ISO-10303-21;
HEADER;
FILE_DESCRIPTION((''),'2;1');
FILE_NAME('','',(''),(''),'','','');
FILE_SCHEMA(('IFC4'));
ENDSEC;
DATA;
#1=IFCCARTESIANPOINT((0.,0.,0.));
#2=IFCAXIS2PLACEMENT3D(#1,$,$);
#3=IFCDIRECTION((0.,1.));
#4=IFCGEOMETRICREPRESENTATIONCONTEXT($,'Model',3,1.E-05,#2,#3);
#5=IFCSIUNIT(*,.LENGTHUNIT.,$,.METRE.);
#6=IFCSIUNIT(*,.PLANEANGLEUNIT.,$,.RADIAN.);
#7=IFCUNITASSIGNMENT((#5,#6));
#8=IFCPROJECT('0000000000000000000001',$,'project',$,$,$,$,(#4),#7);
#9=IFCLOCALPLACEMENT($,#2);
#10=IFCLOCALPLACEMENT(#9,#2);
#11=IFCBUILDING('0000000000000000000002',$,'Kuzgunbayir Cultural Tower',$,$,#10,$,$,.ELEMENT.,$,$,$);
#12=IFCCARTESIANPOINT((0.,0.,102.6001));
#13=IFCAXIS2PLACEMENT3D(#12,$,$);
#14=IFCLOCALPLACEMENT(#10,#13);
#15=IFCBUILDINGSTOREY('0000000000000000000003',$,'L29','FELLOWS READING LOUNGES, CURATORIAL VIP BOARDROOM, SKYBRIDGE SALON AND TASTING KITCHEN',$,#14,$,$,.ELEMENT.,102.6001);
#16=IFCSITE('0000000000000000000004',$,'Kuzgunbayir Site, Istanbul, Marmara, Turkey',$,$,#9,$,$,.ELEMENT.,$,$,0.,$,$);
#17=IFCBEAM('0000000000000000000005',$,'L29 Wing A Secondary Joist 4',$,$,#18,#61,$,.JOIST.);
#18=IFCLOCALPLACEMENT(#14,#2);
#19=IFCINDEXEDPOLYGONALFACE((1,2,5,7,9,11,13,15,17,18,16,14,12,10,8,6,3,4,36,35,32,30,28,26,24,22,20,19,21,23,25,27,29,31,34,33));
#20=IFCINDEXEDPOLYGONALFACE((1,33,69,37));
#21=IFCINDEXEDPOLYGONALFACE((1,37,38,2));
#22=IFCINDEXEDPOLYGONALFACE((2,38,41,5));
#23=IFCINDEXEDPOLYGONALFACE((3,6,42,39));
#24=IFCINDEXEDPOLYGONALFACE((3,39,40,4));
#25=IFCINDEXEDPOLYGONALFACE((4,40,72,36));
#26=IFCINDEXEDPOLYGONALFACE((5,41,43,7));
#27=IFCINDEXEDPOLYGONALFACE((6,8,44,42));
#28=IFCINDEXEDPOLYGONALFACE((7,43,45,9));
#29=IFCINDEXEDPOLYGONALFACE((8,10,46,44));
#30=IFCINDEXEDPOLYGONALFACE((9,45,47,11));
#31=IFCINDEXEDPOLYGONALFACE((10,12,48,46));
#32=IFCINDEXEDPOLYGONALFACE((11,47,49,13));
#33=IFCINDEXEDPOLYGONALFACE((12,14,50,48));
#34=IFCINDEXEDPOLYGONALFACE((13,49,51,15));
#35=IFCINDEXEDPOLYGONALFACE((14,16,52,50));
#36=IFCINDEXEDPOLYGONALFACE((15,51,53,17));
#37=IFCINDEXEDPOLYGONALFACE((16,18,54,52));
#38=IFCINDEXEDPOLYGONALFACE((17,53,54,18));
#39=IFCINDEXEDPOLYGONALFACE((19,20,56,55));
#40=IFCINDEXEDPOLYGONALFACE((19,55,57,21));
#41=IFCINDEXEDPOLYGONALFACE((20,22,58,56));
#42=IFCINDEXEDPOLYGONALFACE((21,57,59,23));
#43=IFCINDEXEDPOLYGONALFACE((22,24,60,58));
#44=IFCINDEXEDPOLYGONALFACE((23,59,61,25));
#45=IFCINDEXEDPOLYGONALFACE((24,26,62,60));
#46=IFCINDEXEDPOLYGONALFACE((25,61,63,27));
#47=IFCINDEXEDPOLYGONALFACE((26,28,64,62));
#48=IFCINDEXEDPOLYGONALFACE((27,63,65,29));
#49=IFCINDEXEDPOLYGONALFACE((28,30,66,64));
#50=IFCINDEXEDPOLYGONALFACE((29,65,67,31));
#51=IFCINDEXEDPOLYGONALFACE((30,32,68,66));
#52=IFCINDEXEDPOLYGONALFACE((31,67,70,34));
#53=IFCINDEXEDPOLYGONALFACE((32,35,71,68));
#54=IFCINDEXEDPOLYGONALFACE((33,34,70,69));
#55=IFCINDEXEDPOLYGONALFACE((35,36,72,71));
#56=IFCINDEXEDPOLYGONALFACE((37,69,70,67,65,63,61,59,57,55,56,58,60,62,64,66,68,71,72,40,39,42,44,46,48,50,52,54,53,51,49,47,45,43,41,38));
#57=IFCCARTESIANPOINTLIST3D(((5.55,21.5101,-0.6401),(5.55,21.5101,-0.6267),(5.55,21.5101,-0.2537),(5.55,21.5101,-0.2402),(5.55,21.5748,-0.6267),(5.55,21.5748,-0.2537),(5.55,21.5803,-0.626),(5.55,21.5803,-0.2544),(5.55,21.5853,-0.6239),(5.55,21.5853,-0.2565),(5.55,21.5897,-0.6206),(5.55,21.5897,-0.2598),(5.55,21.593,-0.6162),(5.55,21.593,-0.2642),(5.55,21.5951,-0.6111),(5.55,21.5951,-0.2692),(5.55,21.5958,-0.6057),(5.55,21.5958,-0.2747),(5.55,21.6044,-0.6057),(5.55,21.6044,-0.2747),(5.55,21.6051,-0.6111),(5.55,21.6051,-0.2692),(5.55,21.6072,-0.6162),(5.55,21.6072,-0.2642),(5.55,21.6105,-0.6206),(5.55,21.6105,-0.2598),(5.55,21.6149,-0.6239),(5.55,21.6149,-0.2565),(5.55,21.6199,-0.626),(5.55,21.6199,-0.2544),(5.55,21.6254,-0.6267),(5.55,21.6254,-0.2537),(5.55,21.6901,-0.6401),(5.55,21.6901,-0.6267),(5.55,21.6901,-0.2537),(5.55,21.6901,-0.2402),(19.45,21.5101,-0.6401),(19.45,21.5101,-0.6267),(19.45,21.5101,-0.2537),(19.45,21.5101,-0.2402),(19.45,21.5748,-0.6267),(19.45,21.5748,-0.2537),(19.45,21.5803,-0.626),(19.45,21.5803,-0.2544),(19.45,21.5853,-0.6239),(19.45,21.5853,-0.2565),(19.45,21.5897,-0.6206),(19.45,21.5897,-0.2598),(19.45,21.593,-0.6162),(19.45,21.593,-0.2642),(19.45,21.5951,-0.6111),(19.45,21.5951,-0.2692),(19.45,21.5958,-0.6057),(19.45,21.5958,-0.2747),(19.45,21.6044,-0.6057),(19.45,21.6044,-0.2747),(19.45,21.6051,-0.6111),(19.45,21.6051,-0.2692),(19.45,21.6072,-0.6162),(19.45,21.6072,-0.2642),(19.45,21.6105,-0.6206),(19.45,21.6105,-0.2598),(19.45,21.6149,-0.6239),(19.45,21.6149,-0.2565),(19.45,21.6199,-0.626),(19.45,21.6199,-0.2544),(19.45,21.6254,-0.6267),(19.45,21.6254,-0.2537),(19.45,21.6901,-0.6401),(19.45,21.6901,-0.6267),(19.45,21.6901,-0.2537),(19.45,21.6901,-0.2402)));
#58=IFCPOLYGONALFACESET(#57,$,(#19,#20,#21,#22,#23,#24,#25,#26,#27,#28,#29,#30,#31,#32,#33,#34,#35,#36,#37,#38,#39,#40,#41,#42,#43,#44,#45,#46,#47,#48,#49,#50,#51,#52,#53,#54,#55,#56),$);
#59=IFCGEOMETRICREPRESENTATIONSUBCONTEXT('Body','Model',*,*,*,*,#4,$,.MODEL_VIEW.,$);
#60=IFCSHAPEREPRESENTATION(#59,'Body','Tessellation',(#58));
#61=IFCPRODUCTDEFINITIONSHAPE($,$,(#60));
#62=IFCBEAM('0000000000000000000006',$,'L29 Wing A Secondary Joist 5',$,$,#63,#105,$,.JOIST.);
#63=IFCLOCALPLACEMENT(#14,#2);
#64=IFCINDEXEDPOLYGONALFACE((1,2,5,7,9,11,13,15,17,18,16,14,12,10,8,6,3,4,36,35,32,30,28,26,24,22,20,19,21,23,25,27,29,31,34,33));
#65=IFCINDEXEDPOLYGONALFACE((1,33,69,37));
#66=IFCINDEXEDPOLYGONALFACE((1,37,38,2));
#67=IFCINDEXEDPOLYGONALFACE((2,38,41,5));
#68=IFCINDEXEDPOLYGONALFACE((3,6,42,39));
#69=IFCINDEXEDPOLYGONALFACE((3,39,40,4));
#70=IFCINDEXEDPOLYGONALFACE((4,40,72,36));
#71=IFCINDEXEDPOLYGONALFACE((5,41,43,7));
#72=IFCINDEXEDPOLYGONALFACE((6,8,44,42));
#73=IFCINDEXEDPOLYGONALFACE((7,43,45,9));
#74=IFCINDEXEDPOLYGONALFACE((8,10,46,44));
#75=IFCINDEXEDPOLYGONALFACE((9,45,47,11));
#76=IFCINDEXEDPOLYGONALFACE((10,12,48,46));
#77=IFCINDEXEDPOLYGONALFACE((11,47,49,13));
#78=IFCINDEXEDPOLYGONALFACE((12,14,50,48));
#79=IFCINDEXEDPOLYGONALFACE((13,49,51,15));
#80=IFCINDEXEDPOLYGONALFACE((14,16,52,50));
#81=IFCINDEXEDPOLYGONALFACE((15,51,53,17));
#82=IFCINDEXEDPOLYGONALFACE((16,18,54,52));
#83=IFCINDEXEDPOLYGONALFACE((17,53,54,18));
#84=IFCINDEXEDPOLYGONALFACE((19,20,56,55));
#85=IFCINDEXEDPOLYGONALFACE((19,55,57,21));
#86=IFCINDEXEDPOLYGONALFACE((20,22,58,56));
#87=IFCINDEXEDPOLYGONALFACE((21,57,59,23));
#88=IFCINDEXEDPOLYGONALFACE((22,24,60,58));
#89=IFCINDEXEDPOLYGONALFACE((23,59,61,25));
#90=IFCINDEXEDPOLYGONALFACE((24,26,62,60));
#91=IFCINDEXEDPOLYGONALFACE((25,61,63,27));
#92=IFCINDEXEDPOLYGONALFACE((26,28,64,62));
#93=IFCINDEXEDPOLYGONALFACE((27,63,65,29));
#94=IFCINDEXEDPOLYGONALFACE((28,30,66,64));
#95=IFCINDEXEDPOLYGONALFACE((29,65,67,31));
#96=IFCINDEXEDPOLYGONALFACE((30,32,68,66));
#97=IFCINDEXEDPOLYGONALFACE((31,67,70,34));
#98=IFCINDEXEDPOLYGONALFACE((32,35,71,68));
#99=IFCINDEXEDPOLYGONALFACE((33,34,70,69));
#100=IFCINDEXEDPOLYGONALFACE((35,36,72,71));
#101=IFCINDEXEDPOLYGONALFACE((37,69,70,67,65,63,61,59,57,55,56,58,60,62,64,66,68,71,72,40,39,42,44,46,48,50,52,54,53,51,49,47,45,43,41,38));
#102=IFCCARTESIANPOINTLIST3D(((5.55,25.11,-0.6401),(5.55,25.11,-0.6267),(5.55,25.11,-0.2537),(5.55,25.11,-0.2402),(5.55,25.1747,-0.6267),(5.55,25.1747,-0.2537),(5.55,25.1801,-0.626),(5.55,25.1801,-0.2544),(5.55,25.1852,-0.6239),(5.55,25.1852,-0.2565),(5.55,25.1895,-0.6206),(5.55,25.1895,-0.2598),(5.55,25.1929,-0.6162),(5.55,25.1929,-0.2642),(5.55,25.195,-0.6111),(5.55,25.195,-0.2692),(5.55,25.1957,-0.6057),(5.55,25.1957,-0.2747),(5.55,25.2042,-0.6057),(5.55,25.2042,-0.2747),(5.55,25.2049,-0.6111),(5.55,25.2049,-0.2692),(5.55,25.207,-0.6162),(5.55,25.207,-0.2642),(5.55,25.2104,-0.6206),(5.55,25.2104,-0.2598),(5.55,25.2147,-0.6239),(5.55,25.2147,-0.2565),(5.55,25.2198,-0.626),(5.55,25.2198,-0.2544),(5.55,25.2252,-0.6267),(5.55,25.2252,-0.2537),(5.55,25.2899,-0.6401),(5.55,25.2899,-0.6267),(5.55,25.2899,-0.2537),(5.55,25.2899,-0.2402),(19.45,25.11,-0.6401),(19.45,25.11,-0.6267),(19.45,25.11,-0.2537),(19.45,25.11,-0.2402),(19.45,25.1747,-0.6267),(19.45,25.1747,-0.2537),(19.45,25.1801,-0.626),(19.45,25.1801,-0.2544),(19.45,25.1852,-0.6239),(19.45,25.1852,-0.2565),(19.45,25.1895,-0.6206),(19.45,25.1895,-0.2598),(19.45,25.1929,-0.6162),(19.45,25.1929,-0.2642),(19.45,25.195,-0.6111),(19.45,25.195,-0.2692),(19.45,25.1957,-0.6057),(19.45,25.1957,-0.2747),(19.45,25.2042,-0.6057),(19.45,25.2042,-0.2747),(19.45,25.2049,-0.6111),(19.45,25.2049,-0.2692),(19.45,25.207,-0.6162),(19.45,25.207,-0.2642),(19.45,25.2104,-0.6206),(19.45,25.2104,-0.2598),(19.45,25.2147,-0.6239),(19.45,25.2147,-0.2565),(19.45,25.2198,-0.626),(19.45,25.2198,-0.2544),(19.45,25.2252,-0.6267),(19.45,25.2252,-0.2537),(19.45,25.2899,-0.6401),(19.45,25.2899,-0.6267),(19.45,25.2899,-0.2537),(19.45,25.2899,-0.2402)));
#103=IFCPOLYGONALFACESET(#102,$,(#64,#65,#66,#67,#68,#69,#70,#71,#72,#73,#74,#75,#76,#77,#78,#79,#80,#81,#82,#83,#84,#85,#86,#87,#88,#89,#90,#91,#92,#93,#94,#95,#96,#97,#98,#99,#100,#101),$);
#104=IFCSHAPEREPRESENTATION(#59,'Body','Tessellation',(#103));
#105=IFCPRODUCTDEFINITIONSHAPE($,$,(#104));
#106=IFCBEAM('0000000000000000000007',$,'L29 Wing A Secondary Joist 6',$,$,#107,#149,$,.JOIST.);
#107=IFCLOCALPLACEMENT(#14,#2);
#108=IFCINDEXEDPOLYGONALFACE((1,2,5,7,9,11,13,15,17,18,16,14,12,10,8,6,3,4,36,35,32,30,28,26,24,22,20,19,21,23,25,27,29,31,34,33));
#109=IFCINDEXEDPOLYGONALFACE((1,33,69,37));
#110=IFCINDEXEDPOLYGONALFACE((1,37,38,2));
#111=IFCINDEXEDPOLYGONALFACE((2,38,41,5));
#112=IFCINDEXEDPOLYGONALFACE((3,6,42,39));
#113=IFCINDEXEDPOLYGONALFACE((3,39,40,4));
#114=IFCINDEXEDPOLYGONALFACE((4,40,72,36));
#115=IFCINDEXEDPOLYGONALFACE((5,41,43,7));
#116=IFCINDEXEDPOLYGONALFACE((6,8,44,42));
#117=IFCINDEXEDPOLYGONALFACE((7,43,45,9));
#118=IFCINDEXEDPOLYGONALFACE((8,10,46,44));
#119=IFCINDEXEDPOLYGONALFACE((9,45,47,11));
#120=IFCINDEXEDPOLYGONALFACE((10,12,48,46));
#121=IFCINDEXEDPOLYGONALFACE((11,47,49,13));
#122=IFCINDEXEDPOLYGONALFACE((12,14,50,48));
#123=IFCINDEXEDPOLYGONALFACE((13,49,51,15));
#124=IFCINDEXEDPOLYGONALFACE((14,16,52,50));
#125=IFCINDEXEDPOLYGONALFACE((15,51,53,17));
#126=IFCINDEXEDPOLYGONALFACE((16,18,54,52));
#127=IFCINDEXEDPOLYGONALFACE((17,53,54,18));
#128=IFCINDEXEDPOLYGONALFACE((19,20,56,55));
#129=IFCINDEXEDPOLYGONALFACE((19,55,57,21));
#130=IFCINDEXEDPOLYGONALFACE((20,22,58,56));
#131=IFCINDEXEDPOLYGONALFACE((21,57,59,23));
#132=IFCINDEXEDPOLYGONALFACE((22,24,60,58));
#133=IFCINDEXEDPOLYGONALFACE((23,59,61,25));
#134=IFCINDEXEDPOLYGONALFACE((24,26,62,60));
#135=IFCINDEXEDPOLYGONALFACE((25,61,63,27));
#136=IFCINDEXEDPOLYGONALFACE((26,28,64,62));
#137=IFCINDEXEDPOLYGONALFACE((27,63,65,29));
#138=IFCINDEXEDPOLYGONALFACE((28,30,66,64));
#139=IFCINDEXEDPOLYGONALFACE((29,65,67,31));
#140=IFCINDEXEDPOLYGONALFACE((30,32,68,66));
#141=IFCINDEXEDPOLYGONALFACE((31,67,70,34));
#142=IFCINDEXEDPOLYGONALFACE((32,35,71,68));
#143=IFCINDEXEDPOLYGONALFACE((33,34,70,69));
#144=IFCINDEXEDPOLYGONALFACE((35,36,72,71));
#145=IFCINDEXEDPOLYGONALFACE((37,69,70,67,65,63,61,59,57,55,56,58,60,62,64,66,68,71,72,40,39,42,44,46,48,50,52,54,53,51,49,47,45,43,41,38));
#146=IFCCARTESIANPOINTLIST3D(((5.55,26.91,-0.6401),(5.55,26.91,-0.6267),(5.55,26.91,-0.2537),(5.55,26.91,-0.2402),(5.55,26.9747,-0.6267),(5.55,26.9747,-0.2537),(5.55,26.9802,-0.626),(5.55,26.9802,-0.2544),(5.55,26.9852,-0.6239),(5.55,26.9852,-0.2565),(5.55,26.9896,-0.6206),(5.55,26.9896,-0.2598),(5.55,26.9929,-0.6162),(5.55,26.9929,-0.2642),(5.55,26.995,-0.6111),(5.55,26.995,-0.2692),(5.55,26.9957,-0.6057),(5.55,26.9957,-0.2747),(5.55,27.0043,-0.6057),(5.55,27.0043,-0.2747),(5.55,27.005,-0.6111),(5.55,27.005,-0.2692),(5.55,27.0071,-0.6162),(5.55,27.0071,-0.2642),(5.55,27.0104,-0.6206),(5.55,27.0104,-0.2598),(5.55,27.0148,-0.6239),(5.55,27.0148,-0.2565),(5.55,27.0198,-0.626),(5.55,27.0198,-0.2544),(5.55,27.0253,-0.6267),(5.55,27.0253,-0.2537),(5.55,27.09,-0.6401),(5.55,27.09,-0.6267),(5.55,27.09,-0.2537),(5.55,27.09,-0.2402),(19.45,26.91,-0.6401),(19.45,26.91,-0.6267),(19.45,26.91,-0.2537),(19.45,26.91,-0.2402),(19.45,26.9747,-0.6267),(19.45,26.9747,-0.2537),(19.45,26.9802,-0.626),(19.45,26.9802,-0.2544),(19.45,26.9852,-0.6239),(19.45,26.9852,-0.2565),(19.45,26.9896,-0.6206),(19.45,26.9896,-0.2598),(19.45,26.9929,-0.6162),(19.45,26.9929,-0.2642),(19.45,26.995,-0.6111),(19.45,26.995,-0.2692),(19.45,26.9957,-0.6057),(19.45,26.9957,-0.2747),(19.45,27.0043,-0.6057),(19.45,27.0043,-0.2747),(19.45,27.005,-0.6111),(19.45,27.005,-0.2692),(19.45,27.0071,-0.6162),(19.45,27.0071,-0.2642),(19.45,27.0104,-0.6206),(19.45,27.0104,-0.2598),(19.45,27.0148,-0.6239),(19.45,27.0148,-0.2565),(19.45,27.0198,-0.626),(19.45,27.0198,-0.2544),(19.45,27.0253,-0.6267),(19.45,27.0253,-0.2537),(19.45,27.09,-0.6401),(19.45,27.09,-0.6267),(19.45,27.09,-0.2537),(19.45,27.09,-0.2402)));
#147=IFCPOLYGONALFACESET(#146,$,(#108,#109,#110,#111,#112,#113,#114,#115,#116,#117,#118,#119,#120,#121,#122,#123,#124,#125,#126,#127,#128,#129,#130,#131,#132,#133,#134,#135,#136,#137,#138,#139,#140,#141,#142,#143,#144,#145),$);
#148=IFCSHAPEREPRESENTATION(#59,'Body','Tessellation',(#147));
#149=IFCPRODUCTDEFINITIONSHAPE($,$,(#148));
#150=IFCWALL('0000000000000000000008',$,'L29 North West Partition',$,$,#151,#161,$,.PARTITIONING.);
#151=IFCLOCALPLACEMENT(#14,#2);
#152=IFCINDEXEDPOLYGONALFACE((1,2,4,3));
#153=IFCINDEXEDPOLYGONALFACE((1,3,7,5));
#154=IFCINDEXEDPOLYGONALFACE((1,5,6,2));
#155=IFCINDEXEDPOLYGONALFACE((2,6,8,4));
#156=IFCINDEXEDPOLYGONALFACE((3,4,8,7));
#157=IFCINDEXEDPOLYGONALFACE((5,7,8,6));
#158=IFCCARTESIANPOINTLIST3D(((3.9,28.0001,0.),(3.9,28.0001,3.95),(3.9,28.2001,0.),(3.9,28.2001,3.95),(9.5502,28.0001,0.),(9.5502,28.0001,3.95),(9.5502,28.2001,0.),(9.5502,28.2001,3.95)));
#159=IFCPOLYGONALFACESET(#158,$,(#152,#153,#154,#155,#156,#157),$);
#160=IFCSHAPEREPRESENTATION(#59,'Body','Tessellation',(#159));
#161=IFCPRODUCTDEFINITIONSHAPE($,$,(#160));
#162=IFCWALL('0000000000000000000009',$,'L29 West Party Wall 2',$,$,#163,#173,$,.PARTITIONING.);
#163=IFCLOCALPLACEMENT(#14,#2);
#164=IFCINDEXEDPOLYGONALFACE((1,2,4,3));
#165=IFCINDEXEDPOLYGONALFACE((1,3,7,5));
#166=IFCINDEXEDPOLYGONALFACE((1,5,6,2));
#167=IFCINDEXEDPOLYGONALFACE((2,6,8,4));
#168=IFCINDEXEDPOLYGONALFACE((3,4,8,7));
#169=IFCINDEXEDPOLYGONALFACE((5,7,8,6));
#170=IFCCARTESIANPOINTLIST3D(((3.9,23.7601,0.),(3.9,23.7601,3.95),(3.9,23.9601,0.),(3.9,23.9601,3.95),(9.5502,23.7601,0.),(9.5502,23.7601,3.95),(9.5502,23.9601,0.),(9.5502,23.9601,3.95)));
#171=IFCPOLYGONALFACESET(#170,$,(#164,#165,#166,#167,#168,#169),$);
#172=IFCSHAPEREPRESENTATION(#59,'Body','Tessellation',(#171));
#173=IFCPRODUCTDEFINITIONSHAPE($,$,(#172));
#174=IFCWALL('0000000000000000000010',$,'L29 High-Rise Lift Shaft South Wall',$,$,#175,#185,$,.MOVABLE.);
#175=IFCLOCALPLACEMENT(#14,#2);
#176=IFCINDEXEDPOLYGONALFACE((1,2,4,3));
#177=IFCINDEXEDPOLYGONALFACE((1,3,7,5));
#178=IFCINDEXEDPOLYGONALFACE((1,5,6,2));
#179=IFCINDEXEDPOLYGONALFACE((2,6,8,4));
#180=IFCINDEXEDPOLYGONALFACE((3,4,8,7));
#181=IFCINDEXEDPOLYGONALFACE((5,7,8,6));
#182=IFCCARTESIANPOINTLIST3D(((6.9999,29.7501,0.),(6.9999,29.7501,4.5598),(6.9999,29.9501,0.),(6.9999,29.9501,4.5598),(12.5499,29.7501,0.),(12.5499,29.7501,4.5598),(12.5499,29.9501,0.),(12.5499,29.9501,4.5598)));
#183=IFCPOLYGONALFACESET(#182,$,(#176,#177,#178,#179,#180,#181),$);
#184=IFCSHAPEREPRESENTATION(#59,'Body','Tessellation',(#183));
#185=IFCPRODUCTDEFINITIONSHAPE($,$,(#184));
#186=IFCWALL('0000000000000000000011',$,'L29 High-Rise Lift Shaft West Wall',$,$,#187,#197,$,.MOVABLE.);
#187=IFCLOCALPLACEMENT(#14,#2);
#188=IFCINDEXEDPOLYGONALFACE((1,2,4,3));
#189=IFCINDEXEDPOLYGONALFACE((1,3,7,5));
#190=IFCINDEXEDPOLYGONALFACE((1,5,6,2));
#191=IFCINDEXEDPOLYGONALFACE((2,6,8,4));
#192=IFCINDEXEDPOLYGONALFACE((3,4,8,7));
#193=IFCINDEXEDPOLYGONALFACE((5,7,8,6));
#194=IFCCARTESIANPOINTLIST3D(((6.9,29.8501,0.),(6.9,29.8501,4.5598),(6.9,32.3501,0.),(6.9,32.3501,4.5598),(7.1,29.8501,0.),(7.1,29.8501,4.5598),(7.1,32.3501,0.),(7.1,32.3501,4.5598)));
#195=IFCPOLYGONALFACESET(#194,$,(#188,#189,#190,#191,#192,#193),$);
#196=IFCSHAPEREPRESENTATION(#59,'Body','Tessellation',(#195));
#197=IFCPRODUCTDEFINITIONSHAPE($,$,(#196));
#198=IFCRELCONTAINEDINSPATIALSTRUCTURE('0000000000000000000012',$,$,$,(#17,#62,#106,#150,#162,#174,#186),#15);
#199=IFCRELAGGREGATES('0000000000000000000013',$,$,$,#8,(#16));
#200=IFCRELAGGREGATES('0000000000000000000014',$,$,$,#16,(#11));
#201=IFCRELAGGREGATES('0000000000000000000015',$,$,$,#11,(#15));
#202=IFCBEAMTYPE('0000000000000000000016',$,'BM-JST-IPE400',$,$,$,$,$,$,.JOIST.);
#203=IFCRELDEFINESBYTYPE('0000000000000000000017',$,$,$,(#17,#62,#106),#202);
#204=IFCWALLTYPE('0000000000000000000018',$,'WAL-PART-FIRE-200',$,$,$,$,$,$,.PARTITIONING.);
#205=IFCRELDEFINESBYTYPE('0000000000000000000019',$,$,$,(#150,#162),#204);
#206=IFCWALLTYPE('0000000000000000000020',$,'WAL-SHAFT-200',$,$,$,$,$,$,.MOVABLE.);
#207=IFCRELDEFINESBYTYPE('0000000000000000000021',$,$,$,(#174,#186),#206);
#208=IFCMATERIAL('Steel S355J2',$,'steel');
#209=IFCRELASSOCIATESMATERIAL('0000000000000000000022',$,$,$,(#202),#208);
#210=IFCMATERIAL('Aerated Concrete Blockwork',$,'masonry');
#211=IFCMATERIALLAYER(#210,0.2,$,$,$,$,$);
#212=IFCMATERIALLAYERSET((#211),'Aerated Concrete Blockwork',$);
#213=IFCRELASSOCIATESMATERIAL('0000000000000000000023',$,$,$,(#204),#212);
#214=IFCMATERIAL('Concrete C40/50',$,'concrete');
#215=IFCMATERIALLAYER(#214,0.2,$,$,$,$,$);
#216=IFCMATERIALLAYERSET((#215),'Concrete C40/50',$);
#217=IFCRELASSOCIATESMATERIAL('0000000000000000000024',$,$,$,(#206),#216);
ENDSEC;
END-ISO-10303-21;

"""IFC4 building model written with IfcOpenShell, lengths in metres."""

from ifc_helpers import new_model, si_unit, direction, frame, frame_2d, origin, origin_2d, place, context, subcontext, project, spatial, rectangle, i_section, extrude, material, layer, layer_set, material_profile, profile_set, type_object, element, save


model = new_model("IFC4")

# Units and contexts
model_context = context("Model", 3, precision=1e-05, world=origin(), true_north=direction((0.0, 1.0)))
body_context = subcontext(model_context, "Body", "Model", "MODEL_VIEW")
ifc_project = project(units=[si_unit("LENGTHUNIT", "METRE"), si_unit("PLANEANGLEUNIT", "RADIAN")], contexts=[model_context])

# Site, building, storey
site_placement = place(None, origin())
site = spatial("IfcSite", under=ifc_project, at=site_placement, Name="Kuzgunbayir Site, Istanbul, Marmara, Turkey", CompositionType="ELEMENT", RefElevation=0.0)
building_placement = place(site_placement, origin())
building = spatial("IfcBuilding", under=site, at=building_placement, Name="Kuzgunbayir Cultural Tower", CompositionType="ELEMENT")
storey_placement = place(building_placement, frame((0.0, 0.0, 102.6001)))
storey = spatial("IfcBuildingStorey", under=building, at=storey_placement, Name="L29", Description="FELLOWS READING LOUNGES, CURATORIAL VIP BOARDROOM, SKYBRIDGE SALON AND TASTING KITCHEN", CompositionType="ELEMENT", Elevation=102.6001)

# Beams
ifc_material_1 = material(Name="Steel S355J2", Category="steel")
ifc_material_profile_1 = material_profile(ifc_material_1, i_section(OverallWidth=0.1799, OverallDepth=0.3999, WebThickness=0.0085, FlangeThickness=0.0134, FilletRadius=0.021, at=origin_2d()), Name="IPE 400")
ifc_profile_set_1 = profile_set([ifc_material_profile_1], Name="Steel S355J2")
beam_type_1 = type_object("IfcBeamType", Name="BM-JST-IPE400", PredefinedType="JOIST", material=ifc_profile_set_1)
for number, where, z_axis, x_axis, name in (
    (1, (5.55, 21.6001, -0.4402), (1.0, 0.0, 0.0), (0.0, 1.0, 0.0), "L29 Wing A Secondary Joist 4"),
    (2, (5.55, 25.2, -0.4402), (1.0, 0.0, 0.0), (0.0, 1.0, 0.0), "L29 Wing A Secondary Joist 5"),
    (3, (5.55, 27.0, -0.4402), (1.0, 0.0, 0.0), (0.0, 1.0, 0.0), "L29 Wing A Secondary Joist 6"),
):
    element("IfcBeam", number, at=place(storey_placement, frame(where, z_axis=z_axis, x_axis=x_axis)), inside=storey, type_object=beam_type_1, Name=name, PredefinedType="JOIST", context=body_context, shape_type="SweptSolid", body=[
        extrude(i_section(OverallWidth=0.1799, OverallDepth=0.3999, WebThickness=0.0085, FlangeThickness=0.0134, FilletRadius=0.021, at=origin_2d()), origin(), (0.0, 0.0, 1.0), 13.8999),
    ])

# Walls
ifc_material_2 = material(Name="Aerated Concrete Blockwork", Category="masonry")
ifc_layer_1 = layer(ifc_material_2, 0.2)
ifc_layer_set_1 = layer_set([ifc_layer_1], Name="Aerated Concrete Blockwork")
wall_type_1 = type_object("IfcWallType", Name="WAL-PART-FIRE-200", PredefinedType="PARTITIONING", material=ifc_layer_set_1)
for number, where, z_axis, x_axis, name in (
    (4, (3.8999, 28.1001, 0.0), (0.0, 0.0, 1.0), (1.0, 0.0, 0.0), "L29 North West Partition"),
    (5, (3.8999, 23.8601, 0.0), (0.0, 0.0, 1.0), (1.0, 0.0, 0.0), "L29 West Party Wall 2"),
):
    element("IfcWall", number, at=place(storey_placement, frame(where, z_axis=z_axis, x_axis=x_axis)), inside=storey, type_object=wall_type_1, Name=name, PredefinedType="PARTITIONING", context=body_context, shape_type="SweptSolid", body=[
        extrude(rectangle(XDim=5.6501, YDim=0.2, at=frame_2d((2.8252, 0.0))), origin(), (0.0, 0.0, 1.0), 3.95),
    ])
ifc_material_3 = material(Name="Concrete C40/50", Category="concrete")
ifc_layer_2 = layer(ifc_material_3, 0.2)
ifc_layer_set_2 = layer_set([ifc_layer_2], Name="Concrete C40/50")
wall_type_2 = type_object("IfcWallType", Name="WAL-SHAFT-200", PredefinedType="MOVABLE", material=ifc_layer_set_2)
wall_1_placement = place(storey_placement, frame((7.0, 29.8501, 0.0), z_axis=(0.0, 0.0, 1.0), x_axis=(1.0, 0.0, 0.0)))
element("IfcWall", 6, at=wall_1_placement, inside=storey, type_object=wall_type_2, Name="L29 High-Rise Lift Shaft South Wall", PredefinedType="MOVABLE", context=body_context, shape_type="SweptSolid", body=[
    extrude(rectangle(XDim=5.55, YDim=0.2, at=frame_2d((2.7749, 0.0))), origin(), (0.0, 0.0, 1.0), 4.5598),
])
wall_2_placement = place(storey_placement, frame((7.0, 29.8501, 0.0), z_axis=(0.0, 0.0, 1.0), x_axis=(0.0, 1.0, 0.0)))
element("IfcWall", 7, at=wall_2_placement, inside=storey, type_object=wall_type_2, Name="L29 High-Rise Lift Shaft West Wall", PredefinedType="MOVABLE", context=body_context, shape_type="SweptSolid", body=[
    extrude(rectangle(XDim=2.5, YDim=0.2, at=frame_2d((1.25, 0.0))), origin(), (0.0, 0.0, 1.0), 4.5598),
])

save(model, "model.ifc")
